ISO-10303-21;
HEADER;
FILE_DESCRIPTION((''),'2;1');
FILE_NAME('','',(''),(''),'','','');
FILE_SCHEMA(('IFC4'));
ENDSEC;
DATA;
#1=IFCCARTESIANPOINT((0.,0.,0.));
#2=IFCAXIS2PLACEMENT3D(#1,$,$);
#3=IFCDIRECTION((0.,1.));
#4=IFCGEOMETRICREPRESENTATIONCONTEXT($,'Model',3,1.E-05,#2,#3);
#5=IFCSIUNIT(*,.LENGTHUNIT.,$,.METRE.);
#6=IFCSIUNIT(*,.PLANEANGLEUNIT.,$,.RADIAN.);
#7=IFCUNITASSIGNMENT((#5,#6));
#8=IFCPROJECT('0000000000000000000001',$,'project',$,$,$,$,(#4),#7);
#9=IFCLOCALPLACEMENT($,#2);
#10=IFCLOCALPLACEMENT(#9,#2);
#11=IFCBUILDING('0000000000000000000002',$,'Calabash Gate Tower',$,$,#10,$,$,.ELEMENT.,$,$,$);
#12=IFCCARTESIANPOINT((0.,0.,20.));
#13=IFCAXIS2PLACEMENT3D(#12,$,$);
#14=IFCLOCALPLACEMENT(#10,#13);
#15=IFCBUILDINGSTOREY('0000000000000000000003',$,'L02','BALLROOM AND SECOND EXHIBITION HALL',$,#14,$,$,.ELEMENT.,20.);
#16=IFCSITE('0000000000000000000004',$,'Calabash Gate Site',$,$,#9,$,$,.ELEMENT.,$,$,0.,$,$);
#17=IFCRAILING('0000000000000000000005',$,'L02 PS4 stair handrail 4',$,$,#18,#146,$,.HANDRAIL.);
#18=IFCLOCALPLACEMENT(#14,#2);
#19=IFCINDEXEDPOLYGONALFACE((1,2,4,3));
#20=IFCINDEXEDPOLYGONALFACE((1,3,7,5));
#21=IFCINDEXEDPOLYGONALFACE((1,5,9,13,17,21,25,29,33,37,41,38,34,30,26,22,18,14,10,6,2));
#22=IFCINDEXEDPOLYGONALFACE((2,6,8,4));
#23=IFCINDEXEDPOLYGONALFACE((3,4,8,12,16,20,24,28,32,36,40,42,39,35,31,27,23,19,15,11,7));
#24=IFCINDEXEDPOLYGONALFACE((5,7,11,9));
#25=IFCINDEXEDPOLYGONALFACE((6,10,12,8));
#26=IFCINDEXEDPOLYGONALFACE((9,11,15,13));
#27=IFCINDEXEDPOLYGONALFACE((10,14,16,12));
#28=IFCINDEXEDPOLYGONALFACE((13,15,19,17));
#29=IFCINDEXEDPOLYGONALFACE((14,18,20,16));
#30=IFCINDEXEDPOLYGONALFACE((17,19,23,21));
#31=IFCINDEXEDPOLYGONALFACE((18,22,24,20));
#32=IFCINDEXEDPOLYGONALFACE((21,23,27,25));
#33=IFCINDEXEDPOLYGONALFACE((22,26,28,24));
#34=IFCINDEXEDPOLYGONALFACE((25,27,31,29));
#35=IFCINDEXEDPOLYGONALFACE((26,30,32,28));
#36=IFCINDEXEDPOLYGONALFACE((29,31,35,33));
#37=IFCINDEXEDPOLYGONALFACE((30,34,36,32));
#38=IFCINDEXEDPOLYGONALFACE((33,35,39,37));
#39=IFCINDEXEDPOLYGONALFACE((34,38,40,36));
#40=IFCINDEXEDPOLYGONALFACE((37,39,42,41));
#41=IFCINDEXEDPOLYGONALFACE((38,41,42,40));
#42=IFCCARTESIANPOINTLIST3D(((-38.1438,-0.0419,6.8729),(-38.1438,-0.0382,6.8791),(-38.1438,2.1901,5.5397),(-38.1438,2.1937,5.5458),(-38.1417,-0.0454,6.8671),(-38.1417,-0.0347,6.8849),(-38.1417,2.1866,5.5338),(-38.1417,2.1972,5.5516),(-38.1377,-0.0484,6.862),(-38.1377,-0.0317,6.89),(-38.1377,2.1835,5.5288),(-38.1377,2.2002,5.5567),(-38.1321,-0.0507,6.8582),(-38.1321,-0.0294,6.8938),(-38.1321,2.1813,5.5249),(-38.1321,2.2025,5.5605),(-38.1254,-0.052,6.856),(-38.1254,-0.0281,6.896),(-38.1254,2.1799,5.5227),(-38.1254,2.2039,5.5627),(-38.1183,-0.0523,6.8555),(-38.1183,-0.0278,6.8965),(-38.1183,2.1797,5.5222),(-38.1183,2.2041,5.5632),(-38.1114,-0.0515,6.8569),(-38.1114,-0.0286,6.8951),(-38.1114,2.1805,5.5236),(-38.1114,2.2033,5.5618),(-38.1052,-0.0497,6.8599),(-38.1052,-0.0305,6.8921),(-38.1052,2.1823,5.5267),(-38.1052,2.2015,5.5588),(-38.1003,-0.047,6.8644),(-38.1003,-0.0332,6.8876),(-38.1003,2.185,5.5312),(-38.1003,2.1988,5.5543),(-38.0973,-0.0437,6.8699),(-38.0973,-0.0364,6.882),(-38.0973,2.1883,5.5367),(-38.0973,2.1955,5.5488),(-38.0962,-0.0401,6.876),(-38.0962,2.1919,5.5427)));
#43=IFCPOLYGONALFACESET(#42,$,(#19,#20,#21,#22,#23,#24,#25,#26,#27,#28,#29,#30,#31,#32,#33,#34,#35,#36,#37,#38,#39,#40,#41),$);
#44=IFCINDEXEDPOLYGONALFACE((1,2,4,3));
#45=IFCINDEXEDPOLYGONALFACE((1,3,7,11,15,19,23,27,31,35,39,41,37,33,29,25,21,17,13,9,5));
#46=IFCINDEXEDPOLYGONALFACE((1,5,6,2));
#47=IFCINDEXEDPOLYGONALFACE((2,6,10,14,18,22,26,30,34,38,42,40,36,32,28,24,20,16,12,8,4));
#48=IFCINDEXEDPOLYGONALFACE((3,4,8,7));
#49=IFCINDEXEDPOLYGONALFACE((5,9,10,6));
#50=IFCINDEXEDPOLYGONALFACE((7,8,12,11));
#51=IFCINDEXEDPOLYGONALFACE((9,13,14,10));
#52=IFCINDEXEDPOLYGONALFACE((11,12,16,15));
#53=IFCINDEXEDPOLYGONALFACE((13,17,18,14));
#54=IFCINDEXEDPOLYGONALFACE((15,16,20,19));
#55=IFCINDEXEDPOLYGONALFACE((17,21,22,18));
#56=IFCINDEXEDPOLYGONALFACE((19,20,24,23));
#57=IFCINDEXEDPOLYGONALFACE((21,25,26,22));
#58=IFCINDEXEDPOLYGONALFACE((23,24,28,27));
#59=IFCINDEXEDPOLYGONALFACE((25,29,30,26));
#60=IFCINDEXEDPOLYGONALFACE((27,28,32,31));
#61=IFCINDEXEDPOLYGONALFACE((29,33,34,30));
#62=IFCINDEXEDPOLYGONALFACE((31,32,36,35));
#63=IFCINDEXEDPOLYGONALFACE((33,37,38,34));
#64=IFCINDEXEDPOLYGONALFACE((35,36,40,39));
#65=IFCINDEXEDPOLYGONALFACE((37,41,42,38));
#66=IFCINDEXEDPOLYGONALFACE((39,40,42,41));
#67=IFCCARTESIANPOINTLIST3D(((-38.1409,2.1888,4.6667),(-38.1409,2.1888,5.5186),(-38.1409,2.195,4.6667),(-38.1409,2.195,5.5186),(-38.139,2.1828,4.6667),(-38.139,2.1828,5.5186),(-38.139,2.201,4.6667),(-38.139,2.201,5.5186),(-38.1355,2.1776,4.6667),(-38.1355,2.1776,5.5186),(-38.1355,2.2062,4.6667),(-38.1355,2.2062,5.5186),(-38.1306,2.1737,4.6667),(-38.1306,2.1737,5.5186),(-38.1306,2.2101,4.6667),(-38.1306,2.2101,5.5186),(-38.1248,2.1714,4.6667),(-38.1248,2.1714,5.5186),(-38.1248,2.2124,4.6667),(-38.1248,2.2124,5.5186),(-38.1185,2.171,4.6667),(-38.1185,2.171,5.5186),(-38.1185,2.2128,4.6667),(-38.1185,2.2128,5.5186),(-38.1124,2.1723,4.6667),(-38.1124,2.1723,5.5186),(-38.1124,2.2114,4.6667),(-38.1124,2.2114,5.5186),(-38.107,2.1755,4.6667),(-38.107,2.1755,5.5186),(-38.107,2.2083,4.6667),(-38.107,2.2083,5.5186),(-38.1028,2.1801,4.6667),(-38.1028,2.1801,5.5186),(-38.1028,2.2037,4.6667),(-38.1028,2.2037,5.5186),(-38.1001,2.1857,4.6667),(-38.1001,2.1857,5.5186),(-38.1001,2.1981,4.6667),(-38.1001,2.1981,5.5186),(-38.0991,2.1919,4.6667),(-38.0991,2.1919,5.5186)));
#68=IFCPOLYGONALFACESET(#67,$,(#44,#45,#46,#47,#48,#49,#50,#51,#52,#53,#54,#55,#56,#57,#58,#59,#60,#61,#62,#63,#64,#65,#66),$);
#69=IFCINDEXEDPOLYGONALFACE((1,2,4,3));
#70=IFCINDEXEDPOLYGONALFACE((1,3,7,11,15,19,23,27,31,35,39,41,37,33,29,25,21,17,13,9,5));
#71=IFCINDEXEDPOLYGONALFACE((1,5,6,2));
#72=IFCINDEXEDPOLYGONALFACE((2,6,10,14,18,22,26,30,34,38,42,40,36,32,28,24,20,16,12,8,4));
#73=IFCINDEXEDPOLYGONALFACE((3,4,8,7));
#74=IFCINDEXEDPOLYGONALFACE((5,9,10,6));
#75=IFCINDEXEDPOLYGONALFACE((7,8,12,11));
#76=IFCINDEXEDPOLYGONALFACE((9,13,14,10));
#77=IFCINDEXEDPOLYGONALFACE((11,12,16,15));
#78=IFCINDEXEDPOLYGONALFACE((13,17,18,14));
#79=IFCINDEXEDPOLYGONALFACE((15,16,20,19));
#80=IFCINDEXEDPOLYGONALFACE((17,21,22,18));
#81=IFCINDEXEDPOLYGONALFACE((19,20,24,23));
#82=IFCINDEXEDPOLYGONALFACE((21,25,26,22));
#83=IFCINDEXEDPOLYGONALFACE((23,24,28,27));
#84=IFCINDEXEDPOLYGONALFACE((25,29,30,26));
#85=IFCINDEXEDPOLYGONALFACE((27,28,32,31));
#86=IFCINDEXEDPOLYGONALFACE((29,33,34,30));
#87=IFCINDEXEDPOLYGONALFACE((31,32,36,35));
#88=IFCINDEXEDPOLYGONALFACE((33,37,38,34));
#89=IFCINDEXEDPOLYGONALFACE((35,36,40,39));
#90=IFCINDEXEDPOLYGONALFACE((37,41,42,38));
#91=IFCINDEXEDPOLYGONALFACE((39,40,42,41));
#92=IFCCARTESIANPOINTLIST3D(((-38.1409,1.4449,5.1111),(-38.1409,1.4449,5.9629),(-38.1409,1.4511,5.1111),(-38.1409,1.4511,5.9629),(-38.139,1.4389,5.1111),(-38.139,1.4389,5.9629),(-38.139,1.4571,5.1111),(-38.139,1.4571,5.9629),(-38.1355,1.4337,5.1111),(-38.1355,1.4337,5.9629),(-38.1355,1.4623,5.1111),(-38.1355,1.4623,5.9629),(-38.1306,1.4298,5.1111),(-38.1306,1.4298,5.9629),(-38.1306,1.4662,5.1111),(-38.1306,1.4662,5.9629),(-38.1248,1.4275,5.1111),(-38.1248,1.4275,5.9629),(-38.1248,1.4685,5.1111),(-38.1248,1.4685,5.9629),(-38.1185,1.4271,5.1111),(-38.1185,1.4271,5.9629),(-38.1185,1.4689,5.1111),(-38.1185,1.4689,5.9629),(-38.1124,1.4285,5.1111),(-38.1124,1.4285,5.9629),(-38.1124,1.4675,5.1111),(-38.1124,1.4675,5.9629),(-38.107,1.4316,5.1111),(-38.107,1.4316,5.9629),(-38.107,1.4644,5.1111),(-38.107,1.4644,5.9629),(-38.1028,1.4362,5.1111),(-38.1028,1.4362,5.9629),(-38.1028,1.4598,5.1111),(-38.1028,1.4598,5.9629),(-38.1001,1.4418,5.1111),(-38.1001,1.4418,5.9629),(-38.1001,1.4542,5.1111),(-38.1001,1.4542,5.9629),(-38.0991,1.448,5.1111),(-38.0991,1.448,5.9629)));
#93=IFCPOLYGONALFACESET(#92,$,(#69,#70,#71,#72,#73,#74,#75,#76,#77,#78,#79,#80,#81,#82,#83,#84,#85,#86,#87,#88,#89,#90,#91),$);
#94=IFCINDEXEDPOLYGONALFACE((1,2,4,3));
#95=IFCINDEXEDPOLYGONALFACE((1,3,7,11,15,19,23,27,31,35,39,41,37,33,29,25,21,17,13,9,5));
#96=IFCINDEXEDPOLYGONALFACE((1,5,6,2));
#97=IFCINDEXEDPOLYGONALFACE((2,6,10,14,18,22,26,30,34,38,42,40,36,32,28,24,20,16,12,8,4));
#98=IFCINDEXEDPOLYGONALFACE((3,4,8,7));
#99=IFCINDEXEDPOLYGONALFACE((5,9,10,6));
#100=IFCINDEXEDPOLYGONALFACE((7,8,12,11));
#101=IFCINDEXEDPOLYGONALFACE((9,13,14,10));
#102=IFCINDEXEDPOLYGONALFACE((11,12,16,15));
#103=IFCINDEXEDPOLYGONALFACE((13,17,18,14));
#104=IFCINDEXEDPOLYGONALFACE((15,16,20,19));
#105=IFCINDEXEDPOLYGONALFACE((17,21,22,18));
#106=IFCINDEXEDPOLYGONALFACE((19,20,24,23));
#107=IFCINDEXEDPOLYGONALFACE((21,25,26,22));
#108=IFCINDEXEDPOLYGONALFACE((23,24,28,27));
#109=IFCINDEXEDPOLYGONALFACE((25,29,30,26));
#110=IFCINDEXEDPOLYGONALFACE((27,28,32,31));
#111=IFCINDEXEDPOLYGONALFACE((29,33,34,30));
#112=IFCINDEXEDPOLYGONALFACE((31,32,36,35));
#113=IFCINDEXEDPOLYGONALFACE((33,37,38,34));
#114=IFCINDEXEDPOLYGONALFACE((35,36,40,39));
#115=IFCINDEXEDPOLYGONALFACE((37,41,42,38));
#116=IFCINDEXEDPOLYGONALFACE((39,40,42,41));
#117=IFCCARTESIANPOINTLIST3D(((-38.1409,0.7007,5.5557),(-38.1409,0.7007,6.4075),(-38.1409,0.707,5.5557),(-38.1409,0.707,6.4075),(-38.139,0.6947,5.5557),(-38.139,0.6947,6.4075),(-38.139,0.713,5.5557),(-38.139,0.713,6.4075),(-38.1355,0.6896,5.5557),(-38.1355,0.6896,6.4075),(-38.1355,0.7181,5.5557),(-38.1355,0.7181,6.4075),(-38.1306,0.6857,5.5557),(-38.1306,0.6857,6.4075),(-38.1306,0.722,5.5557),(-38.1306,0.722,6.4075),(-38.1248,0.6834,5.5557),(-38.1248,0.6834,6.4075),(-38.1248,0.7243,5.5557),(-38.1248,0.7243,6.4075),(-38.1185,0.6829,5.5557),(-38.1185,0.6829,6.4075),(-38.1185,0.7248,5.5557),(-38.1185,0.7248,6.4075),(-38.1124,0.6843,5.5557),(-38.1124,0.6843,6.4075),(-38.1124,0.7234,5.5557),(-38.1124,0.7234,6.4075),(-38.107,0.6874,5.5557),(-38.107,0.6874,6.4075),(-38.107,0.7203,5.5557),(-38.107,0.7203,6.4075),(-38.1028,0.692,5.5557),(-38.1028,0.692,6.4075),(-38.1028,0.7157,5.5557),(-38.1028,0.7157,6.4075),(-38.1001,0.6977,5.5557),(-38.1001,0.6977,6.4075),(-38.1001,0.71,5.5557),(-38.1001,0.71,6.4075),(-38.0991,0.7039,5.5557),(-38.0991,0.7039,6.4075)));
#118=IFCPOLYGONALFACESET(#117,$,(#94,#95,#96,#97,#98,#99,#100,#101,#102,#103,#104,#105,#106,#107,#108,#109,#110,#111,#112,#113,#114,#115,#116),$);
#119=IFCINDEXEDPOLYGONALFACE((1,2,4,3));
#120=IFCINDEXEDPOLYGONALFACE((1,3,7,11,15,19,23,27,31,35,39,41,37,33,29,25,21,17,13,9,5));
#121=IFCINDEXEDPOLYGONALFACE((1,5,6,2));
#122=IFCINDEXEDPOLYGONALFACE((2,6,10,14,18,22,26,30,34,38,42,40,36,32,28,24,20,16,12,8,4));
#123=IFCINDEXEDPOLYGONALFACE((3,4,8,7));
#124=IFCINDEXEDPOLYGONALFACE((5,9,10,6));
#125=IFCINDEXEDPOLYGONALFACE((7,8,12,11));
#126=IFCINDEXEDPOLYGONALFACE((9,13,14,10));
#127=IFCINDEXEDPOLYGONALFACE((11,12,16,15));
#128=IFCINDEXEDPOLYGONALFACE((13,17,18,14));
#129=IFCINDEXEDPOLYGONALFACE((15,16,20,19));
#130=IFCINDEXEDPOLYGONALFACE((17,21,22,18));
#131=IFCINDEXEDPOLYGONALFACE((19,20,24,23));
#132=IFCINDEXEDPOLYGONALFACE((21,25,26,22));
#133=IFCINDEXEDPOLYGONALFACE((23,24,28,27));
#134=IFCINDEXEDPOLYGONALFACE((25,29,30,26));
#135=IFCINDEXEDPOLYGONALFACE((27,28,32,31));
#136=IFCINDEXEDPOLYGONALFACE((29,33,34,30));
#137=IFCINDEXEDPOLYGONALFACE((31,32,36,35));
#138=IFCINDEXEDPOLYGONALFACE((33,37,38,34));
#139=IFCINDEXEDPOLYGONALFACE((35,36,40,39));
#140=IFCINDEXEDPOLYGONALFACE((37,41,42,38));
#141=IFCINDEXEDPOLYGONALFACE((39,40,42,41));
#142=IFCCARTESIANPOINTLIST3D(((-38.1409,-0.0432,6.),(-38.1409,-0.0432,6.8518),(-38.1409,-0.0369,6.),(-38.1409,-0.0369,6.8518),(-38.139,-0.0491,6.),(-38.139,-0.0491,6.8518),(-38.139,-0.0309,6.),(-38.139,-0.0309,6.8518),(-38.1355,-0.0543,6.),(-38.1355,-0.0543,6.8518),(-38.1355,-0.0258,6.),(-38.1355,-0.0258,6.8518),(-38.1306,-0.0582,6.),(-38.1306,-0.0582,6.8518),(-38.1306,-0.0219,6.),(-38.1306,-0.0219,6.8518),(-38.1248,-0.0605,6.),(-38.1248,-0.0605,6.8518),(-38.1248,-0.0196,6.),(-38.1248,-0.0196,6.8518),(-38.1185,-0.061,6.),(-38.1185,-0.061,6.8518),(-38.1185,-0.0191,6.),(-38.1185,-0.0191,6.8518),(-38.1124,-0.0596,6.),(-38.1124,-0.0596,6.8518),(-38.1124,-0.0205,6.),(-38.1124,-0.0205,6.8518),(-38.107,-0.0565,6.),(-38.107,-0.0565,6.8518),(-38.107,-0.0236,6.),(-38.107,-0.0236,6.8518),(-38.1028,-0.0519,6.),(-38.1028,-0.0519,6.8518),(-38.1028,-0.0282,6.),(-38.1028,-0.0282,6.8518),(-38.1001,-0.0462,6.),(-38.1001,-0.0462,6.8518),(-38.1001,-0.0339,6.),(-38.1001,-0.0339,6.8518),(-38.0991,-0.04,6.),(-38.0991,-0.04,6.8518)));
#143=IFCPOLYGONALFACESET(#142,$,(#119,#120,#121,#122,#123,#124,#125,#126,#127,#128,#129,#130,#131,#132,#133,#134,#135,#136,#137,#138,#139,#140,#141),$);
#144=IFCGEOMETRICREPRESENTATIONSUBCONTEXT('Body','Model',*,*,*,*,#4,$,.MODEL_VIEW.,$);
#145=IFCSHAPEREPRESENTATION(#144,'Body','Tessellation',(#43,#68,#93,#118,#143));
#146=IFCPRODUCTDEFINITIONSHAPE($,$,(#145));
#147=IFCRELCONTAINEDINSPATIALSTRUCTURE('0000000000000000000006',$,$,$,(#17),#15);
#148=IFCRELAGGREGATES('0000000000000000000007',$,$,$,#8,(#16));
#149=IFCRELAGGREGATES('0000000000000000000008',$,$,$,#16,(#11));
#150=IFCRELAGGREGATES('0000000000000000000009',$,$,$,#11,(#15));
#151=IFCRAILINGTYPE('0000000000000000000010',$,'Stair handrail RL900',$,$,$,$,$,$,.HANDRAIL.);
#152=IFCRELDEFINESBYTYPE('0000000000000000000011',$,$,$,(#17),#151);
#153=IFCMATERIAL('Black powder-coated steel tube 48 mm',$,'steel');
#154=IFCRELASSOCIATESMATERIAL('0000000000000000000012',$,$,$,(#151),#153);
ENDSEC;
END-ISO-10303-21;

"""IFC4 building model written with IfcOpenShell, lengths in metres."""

from ifc_helpers import new_model, si_unit, direction, frame, origin, origin_2d, place, context, subcontext, project, spatial, circle, extrude, material, type_object, element, save


model = new_model("IFC4")

# Units and contexts
model_context = context("Model", 3, precision=1e-05, world=origin(), true_north=direction((0.0, 1.0)))
body_context = subcontext(model_context, "Body", "Model", "MODEL_VIEW")
ifc_project = project(units=[si_unit("LENGTHUNIT", "METRE"), si_unit("PLANEANGLEUNIT", "RADIAN")], contexts=[model_context])

# Site, building, storey
site_placement = place(None, origin())
site = spatial("IfcSite", under=ifc_project, at=site_placement, Name="Calabash Gate Site", CompositionType="ELEMENT", RefElevation=0.0)
building_placement = place(site_placement, origin())
building = spatial("IfcBuilding", under=site, at=building_placement, Name="Calabash Gate Tower", CompositionType="ELEMENT")
storey_placement = place(building_placement, frame((0.0, 0.0, 20.0)))
storey = spatial("IfcBuildingStorey", under=building, at=storey_placement, Name="L02", Description="BALLROOM AND SECOND EXHIBITION HALL", CompositionType="ELEMENT", Elevation=20.0)

# Railing
ifc_material_1 = material(Name="Black powder-coated steel tube 48 mm", Category="steel")
railing_type_1 = type_object("IfcRailingType", Name="Stair handrail RL900", PredefinedType="HANDRAIL", material=ifc_material_1)
for number, where, name in (
    (1, (-38.1201, 2.1919, 4.6667), "L02 PS4 stair handrail 4"),
):
    element("IfcRailing", number, at=place(storey_placement, frame(where)), inside=storey, type_object=railing_type_1, Name=name, PredefinedType="HANDRAIL", context=body_context, shape_type="SweptSolid", body=[
        extrude(circle(Radius=0.0239, at=origin_2d()), frame((0.0, 0.0, 0.876), z_axis=(0.0, -0.858494, 0.512824), x_axis=(1.0, 0.0, 0.0)), (0.0, 0.0, 1.0), 2.5999),
        extrude(circle(Radius=0.021, at=origin_2d()), origin(), (0.0, 0.0, 1.0), 0.8518),
        extrude(circle(Radius=0.021, at=origin_2d()), frame((0.0, -0.7439, 0.4443)), (0.0, 0.0, 1.0), 0.8518),
        extrude(circle(Radius=0.021, at=origin_2d()), frame((0.0, -1.488, 0.8889)), (0.0, 0.0, 1.0), 0.8518),
        extrude(circle(Radius=0.021, at=origin_2d()), frame((0.0, -2.2319, 1.3333)), (0.0, 0.0, 1.0), 0.8518),
    ])

save(model, "model.ifc")
